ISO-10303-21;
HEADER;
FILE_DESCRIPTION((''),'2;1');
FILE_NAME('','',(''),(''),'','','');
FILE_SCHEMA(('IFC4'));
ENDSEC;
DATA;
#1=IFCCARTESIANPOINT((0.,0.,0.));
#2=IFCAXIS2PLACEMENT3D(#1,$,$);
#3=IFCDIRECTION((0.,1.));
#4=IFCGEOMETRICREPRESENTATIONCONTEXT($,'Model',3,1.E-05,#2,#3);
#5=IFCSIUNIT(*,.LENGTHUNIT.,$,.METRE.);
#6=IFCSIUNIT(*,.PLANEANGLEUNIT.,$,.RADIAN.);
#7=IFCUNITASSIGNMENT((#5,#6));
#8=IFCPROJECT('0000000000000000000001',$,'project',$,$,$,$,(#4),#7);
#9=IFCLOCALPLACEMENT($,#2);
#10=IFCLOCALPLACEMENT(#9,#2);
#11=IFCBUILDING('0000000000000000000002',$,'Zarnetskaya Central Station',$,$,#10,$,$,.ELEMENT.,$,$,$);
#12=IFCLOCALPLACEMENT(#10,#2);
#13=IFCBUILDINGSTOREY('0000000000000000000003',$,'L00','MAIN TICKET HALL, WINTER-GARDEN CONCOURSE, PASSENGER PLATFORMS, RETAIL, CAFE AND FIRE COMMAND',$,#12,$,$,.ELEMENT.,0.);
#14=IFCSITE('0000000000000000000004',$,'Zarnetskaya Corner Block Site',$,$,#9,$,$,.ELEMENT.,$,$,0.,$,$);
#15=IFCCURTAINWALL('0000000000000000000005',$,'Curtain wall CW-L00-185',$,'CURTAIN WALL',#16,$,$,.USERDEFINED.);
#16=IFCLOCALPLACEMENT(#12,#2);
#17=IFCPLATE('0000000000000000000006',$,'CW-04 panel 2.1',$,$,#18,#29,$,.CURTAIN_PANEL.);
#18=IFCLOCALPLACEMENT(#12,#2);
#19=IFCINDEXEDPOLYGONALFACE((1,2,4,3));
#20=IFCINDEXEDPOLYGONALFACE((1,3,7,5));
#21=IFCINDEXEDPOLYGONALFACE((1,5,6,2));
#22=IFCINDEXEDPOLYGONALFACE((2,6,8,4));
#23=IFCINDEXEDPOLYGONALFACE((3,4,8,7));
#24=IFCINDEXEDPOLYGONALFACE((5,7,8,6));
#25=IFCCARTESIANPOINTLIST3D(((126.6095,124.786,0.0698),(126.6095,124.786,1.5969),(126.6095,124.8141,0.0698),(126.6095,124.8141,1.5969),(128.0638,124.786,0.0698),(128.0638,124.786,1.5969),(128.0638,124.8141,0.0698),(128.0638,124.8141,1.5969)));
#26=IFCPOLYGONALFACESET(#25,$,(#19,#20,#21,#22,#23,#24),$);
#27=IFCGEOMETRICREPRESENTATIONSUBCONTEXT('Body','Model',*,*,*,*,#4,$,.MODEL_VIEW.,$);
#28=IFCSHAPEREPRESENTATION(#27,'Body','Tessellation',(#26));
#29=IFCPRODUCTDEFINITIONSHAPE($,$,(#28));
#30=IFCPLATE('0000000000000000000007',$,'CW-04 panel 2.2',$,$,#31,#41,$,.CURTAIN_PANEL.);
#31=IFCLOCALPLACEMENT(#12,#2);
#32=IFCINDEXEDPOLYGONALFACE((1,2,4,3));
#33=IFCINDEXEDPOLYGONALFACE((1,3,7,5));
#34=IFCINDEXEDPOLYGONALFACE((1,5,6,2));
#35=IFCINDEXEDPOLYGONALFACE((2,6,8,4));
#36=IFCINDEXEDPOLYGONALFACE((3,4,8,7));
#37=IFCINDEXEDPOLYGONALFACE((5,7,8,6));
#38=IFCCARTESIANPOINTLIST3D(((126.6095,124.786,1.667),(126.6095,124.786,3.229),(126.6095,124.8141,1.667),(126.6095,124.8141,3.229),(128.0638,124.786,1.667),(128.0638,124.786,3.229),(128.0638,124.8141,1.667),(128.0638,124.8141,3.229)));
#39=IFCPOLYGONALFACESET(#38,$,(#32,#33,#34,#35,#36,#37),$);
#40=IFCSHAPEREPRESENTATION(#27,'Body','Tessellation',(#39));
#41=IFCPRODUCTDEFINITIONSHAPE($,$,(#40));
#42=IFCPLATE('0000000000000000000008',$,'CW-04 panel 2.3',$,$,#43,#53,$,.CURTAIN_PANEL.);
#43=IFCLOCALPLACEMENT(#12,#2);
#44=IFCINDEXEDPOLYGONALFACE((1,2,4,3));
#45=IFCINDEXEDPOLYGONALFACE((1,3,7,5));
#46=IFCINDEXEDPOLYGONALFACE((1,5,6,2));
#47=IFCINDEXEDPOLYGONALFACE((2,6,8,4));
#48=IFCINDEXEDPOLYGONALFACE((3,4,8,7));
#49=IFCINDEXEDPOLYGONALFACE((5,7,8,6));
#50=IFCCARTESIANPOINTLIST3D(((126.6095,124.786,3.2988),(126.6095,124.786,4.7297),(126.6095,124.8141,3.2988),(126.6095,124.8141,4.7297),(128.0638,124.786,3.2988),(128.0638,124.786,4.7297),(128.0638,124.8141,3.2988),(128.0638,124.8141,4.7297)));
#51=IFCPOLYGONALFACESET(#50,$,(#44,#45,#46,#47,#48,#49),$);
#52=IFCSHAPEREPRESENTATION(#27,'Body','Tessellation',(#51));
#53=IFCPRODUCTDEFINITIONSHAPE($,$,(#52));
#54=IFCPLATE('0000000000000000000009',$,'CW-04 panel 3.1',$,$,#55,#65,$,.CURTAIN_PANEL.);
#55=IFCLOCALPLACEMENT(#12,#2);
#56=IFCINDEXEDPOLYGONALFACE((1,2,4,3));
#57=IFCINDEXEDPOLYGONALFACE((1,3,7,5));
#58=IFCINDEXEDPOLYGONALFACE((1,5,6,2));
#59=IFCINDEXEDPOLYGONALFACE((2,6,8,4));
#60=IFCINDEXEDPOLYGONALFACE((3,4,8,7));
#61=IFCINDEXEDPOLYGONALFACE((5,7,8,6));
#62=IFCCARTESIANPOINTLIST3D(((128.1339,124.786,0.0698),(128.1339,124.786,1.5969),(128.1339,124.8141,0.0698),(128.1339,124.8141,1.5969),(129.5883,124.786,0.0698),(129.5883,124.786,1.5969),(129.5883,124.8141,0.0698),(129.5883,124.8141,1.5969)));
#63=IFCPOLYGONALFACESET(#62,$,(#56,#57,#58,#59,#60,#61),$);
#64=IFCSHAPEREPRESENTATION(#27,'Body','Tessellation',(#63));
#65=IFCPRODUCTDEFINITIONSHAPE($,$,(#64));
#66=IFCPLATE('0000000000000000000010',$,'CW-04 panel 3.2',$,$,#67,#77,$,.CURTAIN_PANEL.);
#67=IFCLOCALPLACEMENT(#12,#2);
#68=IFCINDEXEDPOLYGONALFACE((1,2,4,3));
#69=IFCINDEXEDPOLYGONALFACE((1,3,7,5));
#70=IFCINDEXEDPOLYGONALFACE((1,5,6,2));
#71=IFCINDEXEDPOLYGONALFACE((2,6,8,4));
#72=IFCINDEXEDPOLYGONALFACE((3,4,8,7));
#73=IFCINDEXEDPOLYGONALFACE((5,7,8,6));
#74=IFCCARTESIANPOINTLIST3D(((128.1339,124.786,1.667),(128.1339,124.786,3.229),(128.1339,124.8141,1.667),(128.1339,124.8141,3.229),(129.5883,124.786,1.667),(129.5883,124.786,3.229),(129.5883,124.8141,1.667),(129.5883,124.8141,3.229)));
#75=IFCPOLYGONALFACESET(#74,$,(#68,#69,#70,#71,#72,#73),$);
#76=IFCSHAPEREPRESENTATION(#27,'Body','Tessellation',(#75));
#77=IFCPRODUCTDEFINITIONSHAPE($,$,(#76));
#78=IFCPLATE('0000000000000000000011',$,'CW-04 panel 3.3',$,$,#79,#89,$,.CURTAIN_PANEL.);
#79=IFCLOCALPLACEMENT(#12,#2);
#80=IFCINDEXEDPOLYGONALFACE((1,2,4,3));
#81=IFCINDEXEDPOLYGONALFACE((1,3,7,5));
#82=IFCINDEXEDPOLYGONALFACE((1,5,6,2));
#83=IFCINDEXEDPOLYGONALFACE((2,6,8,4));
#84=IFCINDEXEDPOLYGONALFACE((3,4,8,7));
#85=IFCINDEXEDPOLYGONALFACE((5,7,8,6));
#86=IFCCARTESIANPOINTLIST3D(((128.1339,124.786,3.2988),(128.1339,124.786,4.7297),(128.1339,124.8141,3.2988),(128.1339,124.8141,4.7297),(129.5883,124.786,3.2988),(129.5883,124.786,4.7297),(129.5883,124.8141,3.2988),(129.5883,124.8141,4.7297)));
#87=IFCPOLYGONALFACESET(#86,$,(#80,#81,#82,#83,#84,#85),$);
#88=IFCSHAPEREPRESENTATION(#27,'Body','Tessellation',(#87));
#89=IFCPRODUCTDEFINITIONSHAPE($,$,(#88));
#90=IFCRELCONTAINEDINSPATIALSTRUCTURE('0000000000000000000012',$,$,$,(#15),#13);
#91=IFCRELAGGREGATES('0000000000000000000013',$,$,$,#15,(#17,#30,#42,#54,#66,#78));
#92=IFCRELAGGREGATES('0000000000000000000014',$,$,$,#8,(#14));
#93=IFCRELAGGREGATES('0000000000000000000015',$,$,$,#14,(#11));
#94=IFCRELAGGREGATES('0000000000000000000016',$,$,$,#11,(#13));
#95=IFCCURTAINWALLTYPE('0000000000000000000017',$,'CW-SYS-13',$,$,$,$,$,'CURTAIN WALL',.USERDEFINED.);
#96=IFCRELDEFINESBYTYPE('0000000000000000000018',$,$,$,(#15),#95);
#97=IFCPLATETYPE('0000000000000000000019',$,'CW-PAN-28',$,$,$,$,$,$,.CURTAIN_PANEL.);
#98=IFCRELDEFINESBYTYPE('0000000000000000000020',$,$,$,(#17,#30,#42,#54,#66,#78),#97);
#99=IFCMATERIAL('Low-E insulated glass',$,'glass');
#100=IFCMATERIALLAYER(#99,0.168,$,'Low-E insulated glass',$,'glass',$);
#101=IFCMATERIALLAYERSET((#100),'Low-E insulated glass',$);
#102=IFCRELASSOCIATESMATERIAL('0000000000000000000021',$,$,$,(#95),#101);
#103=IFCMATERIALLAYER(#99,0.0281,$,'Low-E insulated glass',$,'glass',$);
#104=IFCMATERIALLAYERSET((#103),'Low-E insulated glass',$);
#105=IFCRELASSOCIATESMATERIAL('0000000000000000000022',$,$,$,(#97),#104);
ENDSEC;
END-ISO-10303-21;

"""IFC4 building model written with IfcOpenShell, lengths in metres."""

from ifc_helpers import new_model, si_unit, direction, frame, origin, origin_2d, place, context, subcontext, project, spatial, rectangle, extrude, material, layer, layer_set, type_object, element, aggregate, save


model = new_model("IFC4")

# Units and contexts
model_context = context("Model", 3, precision=1e-05, world=origin(), true_north=direction((0.0, 1.0)))
body_context = subcontext(model_context, "Body", "Model", "MODEL_VIEW")
ifc_project = project(units=[si_unit("LENGTHUNIT", "METRE"), si_unit("PLANEANGLEUNIT", "RADIAN")], contexts=[model_context])

# Site, building, storey
site_placement = place(None, origin())
site = spatial("IfcSite", under=ifc_project, at=site_placement, Name="Zarnetskaya Corner Block Site", CompositionType="ELEMENT", RefElevation=0.0)
building_placement = place(site_placement, origin())
building = spatial("IfcBuilding", under=site, at=building_placement, Name="Zarnetskaya Central Station", CompositionType="ELEMENT")
storey_placement = place(building_placement, origin())
storey = spatial("IfcBuildingStorey", under=building, at=storey_placement, Name="L00", Description="MAIN TICKET HALL, WINTER-GARDEN CONCOURSE, PASSENGER PLATFORMS, RETAIL, CAFE AND FIRE COMMAND", CompositionType="ELEMENT", Elevation=0.0)

# Curtain wall
ifc_material_1 = material(Name="Low-E insulated glass", Category="glass")
ifc_layer_1 = layer(ifc_material_1, 0.168, Name="Low-E insulated glass", Category="glass")
ifc_layer_set_1 = layer_set([ifc_layer_1], Name="Low-E insulated glass")
curtain_wall_type = type_object("IfcCurtainWallType", Name="CW-SYS-13", ElementType="CURTAIN WALL", PredefinedType="USERDEFINED", material=ifc_layer_set_1)
curtain_wall_placement = place(storey_placement, origin())
curtain_wall = element("IfcCurtainWall", 1, at=curtain_wall_placement, inside=storey, type_object=curtain_wall_type, Name="Curtain wall CW-L00-185", ObjectType="CURTAIN WALL", PredefinedType="USERDEFINED")

# Plates
ifc_layer_2 = layer(ifc_material_1, 0.0281, Name="Low-E insulated glass", Category="glass")
ifc_layer_set_2 = layer_set([ifc_layer_2], Name="Low-E insulated glass")
plate_type = type_object("IfcPlateType", Name="CW-PAN-28", PredefinedType="CURTAIN_PANEL", material=ifc_layer_set_2)
plate_1_placement = place(storey_placement, frame((127.3367, 124.8, 0.0698), z_axis=(0.0, 0.0, 1.0), x_axis=(1.0, 0.0, 0.0)))
plate_1 = element("IfcPlate", 2, at=plate_1_placement, type_object=plate_type, Name="CW-04 panel 2.1", PredefinedType="CURTAIN_PANEL", context=body_context, shape_type="SweptSolid", body=[
    extrude(rectangle(XDim=1.4543, YDim=0.0281, at=origin_2d()), origin(), (0.0, 0.0, 1.0), 1.5271),
])
plate_2_placement = place(storey_placement, frame((127.3367, 124.8, 1.667), z_axis=(0.0, 0.0, 1.0), x_axis=(1.0, 0.0, 0.0)))
plate_2 = element("IfcPlate", 3, at=plate_2_placement, type_object=plate_type, Name="CW-04 panel 2.2", PredefinedType="CURTAIN_PANEL", context=body_context, shape_type="SweptSolid", body=[
    extrude(rectangle(XDim=1.4543, YDim=0.0281, at=origin_2d()), origin(), (0.0, 0.0, 1.0), 1.562),
])
plate_3_placement = place(storey_placement, frame((127.3367, 124.8, 3.2988), z_axis=(0.0, 0.0, 1.0), x_axis=(1.0, 0.0, 0.0)))
plate_3 = element("IfcPlate", 4, at=plate_3_placement, type_object=plate_type, Name="CW-04 panel 2.3", PredefinedType="CURTAIN_PANEL", context=body_context, shape_type="SweptSolid", body=[
    extrude(rectangle(XDim=1.4543, YDim=0.0281, at=origin_2d()), origin(), (0.0, 0.0, 1.0), 1.4309),
])
plate_4_placement = place(storey_placement, frame((128.8611, 124.8, 0.0698), z_axis=(0.0, 0.0, 1.0), x_axis=(1.0, 0.0, 0.0)))
plate_4 = element("IfcPlate", 5, at=plate_4_placement, type_object=plate_type, Name="CW-04 panel 3.1", PredefinedType="CURTAIN_PANEL", context=body_context, shape_type="SweptSolid", body=[
    extrude(rectangle(XDim=1.4543, YDim=0.0281, at=origin_2d()), origin(), (0.0, 0.0, 1.0), 1.5271),
])
plate_5_placement = place(storey_placement, frame((128.8611, 124.8, 1.667), z_axis=(0.0, 0.0, 1.0), x_axis=(1.0, 0.0, 0.0)))
plate_5 = element("IfcPlate", 6, at=plate_5_placement, type_object=plate_type, Name="CW-04 panel 3.2", PredefinedType="CURTAIN_PANEL", context=body_context, shape_type="SweptSolid", body=[
    extrude(rectangle(XDim=1.4543, YDim=0.0281, at=origin_2d()), origin(), (0.0, 0.0, 1.0), 1.562),
])
plate_6_placement = place(storey_placement, frame((128.8611, 124.8, 3.2988), z_axis=(0.0, 0.0, 1.0), x_axis=(1.0, 0.0, 0.0)))
plate_6 = element("IfcPlate", 7, at=plate_6_placement, type_object=plate_type, Name="CW-04 panel 3.3", PredefinedType="CURTAIN_PANEL", context=body_context, shape_type="SweptSolid", body=[
    extrude(rectangle(XDim=1.4543, YDim=0.0281, at=origin_2d()), origin(), (0.0, 0.0, 1.0), 1.4309),
])
aggregate(curtain_wall, [plate_1, plate_2, plate_3, plate_4, plate_5, plate_6])

save(model, "model.ifc")
